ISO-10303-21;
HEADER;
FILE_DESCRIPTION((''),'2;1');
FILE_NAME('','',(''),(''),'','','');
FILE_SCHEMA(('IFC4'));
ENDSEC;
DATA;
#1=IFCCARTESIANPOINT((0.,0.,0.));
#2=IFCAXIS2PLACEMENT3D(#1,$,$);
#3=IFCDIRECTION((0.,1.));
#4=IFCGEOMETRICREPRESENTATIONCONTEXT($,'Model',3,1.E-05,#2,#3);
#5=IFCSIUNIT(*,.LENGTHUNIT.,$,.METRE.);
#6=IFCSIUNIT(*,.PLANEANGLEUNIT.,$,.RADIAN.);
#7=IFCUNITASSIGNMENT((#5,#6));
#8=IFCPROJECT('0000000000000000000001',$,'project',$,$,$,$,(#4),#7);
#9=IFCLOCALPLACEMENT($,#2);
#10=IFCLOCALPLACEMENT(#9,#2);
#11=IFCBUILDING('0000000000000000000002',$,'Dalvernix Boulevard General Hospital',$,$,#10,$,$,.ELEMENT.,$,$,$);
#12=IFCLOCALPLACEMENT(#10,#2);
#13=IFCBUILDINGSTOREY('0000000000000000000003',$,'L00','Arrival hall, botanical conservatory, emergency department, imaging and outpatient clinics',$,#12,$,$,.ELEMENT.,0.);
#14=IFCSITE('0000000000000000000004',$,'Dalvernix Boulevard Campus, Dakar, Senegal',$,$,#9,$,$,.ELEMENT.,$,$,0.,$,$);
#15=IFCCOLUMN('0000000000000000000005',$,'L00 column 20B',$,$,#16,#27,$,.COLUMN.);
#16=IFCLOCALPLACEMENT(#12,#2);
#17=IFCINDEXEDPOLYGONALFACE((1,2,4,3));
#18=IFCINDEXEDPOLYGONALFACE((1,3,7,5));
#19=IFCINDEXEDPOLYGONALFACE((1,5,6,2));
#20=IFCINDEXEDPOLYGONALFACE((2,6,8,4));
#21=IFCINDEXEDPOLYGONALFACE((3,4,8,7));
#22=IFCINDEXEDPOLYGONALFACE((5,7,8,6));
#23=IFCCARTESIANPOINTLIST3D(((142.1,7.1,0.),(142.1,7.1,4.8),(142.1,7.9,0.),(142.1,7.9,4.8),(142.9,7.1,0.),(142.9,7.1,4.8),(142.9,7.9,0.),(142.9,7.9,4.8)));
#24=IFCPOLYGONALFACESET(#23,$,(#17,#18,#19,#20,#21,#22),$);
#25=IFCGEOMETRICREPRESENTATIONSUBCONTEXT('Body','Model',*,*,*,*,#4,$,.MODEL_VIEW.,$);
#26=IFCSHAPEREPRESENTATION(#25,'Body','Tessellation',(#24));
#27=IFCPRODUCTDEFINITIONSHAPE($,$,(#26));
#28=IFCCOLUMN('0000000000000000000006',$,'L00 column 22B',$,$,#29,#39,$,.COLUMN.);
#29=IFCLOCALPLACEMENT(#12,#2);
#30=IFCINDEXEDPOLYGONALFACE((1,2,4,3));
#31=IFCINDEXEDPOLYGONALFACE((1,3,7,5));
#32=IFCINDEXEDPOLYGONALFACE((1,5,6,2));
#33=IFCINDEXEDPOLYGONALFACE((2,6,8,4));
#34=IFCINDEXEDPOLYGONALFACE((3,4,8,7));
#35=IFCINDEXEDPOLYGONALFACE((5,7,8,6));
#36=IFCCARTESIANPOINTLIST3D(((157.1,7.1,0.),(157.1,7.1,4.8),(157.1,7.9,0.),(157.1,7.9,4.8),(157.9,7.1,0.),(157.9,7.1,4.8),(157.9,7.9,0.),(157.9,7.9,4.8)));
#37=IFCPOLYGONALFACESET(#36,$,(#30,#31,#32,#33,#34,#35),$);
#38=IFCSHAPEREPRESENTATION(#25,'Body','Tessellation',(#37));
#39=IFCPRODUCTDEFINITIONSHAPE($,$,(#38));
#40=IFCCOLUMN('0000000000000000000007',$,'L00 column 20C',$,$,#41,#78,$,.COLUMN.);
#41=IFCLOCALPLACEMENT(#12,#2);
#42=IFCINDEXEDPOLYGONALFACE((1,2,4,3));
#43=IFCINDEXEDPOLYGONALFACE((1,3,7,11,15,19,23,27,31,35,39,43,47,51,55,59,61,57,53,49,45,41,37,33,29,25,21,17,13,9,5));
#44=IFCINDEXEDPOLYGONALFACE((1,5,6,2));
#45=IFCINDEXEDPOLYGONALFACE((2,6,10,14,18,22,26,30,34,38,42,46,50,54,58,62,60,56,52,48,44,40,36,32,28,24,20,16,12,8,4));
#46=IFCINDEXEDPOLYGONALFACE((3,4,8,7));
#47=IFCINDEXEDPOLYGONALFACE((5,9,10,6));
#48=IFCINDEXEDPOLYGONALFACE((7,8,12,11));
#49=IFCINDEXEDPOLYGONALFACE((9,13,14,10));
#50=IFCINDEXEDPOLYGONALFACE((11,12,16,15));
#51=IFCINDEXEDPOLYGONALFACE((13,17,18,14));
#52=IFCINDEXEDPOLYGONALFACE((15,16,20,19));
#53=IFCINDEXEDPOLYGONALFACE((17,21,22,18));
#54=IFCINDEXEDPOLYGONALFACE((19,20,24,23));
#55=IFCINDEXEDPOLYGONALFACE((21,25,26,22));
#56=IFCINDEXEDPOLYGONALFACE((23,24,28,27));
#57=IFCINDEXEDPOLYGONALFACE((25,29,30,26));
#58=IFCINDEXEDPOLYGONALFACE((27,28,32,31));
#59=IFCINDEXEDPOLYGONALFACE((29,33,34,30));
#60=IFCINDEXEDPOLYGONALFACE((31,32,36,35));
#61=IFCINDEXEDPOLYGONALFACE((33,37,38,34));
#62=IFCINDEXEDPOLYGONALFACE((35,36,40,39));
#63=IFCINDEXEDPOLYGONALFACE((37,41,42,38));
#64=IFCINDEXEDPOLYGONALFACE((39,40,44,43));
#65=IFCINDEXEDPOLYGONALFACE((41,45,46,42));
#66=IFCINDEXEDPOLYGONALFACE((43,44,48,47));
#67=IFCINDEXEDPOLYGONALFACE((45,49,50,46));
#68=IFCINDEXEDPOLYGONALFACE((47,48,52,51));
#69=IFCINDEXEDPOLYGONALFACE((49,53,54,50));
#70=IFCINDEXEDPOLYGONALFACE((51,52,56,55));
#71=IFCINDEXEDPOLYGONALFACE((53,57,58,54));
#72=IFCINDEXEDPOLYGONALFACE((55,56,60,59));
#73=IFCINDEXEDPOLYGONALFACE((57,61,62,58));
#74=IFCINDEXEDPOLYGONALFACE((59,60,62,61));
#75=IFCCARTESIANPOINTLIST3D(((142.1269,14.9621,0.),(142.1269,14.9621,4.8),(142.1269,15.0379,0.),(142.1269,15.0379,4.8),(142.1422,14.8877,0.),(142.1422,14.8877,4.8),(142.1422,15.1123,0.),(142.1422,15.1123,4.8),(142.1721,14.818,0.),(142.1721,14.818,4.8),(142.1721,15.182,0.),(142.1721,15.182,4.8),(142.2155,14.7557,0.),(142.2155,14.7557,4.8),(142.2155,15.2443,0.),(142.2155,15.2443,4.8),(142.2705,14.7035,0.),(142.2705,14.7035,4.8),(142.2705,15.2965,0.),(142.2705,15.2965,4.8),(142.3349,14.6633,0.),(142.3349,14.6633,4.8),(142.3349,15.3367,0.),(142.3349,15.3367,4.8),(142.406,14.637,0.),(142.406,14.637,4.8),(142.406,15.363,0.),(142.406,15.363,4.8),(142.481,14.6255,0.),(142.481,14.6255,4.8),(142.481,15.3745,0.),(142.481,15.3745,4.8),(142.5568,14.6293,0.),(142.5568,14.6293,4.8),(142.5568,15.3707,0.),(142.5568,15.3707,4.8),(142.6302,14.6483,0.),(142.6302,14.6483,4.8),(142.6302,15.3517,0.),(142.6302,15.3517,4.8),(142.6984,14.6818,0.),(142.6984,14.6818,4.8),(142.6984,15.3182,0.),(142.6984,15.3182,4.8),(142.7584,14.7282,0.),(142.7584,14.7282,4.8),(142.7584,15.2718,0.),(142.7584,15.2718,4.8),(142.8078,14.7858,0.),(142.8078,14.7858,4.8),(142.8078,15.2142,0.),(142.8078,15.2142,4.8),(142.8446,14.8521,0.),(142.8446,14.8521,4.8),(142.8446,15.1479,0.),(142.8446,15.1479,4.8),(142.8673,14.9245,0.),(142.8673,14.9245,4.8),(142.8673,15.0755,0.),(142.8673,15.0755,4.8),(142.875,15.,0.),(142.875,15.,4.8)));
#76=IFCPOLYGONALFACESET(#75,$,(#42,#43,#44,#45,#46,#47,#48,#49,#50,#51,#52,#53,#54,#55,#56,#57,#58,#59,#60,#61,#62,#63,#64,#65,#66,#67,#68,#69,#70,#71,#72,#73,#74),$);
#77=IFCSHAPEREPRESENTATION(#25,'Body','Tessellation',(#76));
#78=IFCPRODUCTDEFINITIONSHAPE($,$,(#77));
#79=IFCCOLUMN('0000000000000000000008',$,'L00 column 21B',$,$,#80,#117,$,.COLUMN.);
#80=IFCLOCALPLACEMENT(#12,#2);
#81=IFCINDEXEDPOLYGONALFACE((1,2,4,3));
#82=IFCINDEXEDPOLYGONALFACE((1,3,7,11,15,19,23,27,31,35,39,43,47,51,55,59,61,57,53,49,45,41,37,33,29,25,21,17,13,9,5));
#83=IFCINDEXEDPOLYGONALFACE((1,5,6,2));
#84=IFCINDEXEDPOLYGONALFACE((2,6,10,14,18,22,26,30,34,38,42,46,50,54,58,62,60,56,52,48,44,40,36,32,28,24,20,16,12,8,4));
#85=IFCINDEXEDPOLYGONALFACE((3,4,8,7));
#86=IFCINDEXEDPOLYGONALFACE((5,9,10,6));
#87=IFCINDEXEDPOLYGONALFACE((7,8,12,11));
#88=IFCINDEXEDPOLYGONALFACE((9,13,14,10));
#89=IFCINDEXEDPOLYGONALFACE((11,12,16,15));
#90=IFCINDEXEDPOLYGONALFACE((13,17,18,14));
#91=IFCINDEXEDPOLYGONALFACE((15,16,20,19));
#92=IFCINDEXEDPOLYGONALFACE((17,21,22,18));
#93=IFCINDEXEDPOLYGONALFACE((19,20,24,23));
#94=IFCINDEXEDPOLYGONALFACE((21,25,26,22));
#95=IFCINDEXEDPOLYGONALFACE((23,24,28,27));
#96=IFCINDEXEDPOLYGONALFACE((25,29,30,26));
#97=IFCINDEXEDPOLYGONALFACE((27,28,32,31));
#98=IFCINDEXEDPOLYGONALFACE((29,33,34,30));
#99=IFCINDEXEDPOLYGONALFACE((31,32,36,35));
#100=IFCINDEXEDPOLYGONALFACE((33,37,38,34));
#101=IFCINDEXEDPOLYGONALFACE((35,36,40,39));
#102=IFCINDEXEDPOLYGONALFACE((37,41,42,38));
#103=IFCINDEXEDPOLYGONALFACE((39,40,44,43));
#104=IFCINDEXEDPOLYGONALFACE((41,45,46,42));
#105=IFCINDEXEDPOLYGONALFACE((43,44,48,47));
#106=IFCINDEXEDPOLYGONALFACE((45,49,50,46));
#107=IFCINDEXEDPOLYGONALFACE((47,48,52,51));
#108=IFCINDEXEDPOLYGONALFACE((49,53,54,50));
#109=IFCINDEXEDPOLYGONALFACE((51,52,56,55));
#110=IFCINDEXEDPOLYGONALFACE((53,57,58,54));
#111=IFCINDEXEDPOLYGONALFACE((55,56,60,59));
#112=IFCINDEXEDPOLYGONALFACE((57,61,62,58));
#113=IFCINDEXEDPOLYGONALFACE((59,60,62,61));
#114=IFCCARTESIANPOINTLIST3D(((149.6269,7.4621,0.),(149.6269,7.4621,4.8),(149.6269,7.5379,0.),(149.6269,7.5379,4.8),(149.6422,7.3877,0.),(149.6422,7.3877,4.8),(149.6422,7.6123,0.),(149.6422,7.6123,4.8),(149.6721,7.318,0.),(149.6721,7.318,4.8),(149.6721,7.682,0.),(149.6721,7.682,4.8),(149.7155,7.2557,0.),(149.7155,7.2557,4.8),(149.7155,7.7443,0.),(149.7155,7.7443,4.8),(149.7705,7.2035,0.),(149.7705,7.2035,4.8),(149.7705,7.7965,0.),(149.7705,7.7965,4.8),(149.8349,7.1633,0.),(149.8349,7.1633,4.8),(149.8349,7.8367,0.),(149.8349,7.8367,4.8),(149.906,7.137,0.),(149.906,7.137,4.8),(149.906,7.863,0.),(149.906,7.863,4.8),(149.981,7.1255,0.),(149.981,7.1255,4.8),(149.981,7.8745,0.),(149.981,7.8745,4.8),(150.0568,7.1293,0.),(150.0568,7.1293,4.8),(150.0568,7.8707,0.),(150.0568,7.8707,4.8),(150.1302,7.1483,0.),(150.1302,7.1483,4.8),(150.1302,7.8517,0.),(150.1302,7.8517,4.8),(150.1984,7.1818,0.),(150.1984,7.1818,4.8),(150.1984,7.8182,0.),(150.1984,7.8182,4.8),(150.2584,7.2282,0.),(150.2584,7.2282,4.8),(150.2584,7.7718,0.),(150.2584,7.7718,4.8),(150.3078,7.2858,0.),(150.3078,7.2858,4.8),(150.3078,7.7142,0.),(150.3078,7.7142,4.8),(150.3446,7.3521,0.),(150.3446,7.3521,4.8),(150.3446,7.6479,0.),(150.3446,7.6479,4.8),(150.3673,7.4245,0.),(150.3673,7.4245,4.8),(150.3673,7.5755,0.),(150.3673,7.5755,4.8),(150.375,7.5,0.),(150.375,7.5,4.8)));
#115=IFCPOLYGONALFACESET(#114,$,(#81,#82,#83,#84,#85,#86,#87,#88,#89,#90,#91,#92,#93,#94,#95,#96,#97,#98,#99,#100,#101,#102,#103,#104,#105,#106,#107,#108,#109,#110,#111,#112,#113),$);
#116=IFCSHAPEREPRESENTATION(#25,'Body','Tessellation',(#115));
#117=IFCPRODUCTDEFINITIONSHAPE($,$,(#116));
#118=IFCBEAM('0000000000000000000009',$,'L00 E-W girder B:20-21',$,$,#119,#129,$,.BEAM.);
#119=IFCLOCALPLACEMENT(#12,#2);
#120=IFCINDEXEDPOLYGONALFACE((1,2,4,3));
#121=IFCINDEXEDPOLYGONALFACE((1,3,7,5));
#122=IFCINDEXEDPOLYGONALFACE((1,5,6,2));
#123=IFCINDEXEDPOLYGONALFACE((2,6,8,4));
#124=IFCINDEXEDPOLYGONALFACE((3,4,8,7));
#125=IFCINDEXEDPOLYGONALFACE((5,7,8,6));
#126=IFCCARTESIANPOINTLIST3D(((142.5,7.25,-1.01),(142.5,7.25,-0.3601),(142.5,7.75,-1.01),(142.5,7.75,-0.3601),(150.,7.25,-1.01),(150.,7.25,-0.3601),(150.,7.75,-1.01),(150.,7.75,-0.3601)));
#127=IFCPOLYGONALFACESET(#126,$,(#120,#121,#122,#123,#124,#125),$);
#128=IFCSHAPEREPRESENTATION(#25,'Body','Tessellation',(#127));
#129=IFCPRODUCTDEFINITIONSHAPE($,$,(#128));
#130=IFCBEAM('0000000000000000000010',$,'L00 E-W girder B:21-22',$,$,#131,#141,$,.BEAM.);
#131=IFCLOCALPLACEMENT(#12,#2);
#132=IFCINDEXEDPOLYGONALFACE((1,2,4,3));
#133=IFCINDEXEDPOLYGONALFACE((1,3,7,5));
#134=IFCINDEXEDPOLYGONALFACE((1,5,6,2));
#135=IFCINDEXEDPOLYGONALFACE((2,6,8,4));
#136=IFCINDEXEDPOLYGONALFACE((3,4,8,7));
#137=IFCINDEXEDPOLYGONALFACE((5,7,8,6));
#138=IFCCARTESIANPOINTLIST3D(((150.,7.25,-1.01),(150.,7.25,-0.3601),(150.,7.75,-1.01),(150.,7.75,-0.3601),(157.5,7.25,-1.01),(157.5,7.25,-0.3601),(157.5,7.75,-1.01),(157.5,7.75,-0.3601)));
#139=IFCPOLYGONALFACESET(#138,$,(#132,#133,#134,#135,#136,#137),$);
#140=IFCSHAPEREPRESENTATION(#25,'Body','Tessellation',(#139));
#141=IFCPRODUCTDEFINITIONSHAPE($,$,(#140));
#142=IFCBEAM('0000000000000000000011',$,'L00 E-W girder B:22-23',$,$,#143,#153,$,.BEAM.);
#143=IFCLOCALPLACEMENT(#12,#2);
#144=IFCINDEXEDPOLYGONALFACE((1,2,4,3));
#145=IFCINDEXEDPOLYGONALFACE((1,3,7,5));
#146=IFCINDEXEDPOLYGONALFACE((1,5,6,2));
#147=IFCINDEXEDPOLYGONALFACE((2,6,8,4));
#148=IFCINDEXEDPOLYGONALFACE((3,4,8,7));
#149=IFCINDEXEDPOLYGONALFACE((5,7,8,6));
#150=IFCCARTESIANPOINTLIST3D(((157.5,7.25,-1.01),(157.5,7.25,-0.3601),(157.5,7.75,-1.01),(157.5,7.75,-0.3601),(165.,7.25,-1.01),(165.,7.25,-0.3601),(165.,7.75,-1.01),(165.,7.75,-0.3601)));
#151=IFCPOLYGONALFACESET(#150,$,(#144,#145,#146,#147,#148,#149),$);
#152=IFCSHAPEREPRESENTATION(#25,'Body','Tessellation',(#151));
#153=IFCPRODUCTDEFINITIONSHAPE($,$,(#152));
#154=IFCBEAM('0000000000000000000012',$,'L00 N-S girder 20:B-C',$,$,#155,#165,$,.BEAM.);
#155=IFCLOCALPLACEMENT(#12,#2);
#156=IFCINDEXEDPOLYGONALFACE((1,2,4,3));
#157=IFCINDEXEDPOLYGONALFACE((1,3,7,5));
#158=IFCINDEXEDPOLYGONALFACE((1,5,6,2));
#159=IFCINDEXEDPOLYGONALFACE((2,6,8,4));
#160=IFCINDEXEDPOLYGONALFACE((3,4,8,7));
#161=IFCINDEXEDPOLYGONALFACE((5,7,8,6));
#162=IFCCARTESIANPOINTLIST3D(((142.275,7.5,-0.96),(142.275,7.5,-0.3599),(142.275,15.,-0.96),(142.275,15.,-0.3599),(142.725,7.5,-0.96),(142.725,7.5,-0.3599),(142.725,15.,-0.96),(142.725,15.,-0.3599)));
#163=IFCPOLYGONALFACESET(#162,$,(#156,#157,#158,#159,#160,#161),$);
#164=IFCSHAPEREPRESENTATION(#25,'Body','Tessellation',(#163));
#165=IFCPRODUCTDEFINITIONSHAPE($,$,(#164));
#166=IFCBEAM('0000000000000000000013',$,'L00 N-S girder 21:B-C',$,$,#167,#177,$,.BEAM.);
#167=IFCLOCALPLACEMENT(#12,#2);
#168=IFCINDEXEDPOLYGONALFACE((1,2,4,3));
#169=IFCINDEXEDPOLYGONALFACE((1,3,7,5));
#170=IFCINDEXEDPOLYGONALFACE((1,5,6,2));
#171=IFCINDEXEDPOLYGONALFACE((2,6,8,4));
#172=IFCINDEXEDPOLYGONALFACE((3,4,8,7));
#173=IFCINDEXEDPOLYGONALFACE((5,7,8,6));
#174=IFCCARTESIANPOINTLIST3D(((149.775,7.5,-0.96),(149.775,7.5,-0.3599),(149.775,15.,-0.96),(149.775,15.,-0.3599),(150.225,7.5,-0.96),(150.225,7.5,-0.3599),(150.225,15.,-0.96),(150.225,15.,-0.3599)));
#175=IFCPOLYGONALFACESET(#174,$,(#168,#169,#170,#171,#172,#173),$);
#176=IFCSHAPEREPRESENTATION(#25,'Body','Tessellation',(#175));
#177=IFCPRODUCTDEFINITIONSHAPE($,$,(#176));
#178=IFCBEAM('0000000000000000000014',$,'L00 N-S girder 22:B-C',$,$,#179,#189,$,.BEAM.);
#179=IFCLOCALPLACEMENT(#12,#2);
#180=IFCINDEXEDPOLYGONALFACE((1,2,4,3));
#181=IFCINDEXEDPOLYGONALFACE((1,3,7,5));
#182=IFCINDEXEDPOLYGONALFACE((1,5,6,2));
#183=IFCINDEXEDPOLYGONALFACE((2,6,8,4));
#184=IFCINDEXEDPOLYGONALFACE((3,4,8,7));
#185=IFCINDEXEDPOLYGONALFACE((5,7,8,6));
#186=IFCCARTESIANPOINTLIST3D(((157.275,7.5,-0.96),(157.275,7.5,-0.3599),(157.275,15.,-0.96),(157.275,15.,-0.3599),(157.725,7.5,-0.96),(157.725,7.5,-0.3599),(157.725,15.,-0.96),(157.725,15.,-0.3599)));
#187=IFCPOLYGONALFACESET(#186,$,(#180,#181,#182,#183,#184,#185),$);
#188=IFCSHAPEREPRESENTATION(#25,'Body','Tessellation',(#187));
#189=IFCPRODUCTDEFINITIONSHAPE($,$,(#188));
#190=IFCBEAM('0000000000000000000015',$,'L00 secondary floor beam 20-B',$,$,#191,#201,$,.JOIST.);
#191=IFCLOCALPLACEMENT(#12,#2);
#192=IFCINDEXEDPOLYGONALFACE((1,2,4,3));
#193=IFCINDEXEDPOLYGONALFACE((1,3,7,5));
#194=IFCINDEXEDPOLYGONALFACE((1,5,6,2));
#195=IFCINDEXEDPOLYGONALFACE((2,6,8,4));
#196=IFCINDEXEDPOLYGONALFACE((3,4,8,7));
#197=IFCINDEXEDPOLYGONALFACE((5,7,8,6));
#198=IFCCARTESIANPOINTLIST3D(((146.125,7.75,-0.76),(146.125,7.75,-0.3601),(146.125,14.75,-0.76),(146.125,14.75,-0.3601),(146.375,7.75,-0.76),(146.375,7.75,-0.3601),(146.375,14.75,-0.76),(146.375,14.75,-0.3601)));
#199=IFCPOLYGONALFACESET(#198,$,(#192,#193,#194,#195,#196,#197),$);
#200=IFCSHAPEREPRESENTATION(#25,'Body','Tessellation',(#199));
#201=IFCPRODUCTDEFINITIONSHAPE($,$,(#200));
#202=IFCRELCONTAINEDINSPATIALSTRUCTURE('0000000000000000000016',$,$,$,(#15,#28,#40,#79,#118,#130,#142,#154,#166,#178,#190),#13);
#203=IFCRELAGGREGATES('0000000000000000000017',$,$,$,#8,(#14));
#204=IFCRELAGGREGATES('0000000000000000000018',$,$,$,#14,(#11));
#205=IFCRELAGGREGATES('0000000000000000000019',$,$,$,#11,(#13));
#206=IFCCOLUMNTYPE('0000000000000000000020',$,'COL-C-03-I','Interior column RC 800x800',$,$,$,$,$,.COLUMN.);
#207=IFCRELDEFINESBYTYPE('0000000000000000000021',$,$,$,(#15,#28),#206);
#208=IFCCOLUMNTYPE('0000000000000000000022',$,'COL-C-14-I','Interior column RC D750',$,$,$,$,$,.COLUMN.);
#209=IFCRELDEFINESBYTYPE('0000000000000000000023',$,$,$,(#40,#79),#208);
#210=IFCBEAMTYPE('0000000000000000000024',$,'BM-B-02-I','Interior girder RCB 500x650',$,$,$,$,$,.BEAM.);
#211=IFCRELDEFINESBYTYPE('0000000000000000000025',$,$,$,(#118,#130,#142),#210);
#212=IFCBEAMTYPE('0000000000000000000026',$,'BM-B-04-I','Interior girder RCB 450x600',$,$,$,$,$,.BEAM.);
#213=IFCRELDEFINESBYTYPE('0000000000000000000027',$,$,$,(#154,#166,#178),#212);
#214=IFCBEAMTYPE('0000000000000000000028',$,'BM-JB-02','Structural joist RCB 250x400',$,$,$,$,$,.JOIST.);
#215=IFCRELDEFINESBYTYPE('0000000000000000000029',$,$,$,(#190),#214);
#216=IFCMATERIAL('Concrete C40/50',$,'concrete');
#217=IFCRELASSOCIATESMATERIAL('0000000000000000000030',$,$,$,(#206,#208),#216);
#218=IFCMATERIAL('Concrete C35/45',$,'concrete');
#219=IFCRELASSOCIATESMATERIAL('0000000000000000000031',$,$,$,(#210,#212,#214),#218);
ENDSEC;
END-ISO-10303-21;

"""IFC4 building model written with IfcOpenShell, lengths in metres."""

from ifc_helpers import new_model, si_unit, direction, frame, origin, origin_2d, place, context, subcontext, project, spatial, rectangle, circle, extrude, material, material_profile, profile_set, type_object, element, save


model = new_model("IFC4")

# Units and contexts
model_context = context("Model", 3, precision=1e-05, world=origin(), true_north=direction((0.0, 1.0)))
body_context = subcontext(model_context, "Body", "Model", "MODEL_VIEW")
ifc_project = project(units=[si_unit("LENGTHUNIT", "METRE"), si_unit("PLANEANGLEUNIT", "RADIAN")], contexts=[model_context])

# Site, building, storey
site_placement = place(None, origin())
site = spatial("IfcSite", under=ifc_project, at=site_placement, Name="Dalvernix Boulevard Campus, Dakar, Senegal", CompositionType="ELEMENT", RefElevation=0.0)
building_placement = place(site_placement, origin())
building = spatial("IfcBuilding", under=site, at=building_placement, Name="Dalvernix Boulevard General Hospital", CompositionType="ELEMENT")
storey_placement = place(building_placement, origin())
storey = spatial("IfcBuildingStorey", under=building, at=storey_placement, Name="L00", Description="Arrival hall, botanical conservatory, emergency department, imaging and outpatient clinics", CompositionType="ELEMENT", Elevation=0.0)

# Columns
ifc_material_1 = material(Name="Concrete C40/50", Category="concrete")
ifc_material_profile_1 = material_profile(ifc_material_1, rectangle(XDim=0.8, YDim=0.8, at=origin_2d()), Name="RC 800x800")
ifc_profile_set_1 = profile_set([ifc_material_profile_1], Name="Concrete C40/50")
column_type_1 = type_object("IfcColumnType", Name="COL-C-03-I", Description="Interior column RC 800x800", PredefinedType="COLUMN", material=ifc_profile_set_1)
for number, where, z_axis, x_axis, name in (
    (1, (142.5, 7.5, 0.0), (0.0, 0.0, 1.0), (1.0, 0.0, 0.0), "L00 column 20B"),
    (2, (157.5, 7.5, 0.0), (0.0, 0.0, 1.0), (1.0, 0.0, 0.0), "L00 column 22B"),
):
    element("IfcColumn", number, at=place(storey_placement, frame(where, z_axis=z_axis, x_axis=x_axis)), inside=storey, type_object=column_type_1, Name=name, PredefinedType="COLUMN", context=body_context, shape_type="SweptSolid", body=[
        extrude(rectangle(XDim=0.8, YDim=0.8, at=origin_2d()), origin(), (0.0, 0.0, 1.0), 4.8),
    ])
ifc_material_profile_2 = material_profile(ifc_material_1, circle(Radius=0.375, at=origin_2d()), Name="RC D750")
ifc_profile_set_2 = profile_set([ifc_material_profile_2], Name="Concrete C40/50")
column_type_2 = type_object("IfcColumnType", Name="COL-C-14-I", Description="Interior column RC D750", PredefinedType="COLUMN", material=ifc_profile_set_2)
for number, where, z_axis, x_axis, name in (
    (3, (142.5, 15.0, 0.0), (0.0, 0.0, 1.0), (1.0, 0.0, 0.0), "L00 column 20C"),
    (4, (150.0, 7.5, 0.0), (0.0, 0.0, 1.0), (1.0, 0.0, 0.0), "L00 column 21B"),
):
    element("IfcColumn", number, at=place(storey_placement, frame(where, z_axis=z_axis, x_axis=x_axis)), inside=storey, type_object=column_type_2, Name=name, PredefinedType="COLUMN", context=body_context, shape_type="SweptSolid", body=[
        extrude(circle(Radius=0.375, at=origin_2d()), origin(), (0.0, 0.0, 1.0), 4.8),
    ])

# Beams
ifc_material_2 = material(Name="Concrete C35/45", Category="concrete")
ifc_material_profile_3 = material_profile(ifc_material_2, rectangle(XDim=0.5, YDim=0.6499, at=origin_2d()), Name="RCB 500x650")
ifc_profile_set_3 = profile_set([ifc_material_profile_3], Name="Concrete C35/45")
beam_type_1 = type_object("IfcBeamType", Name="BM-B-02-I", Description="Interior girder RCB 500x650", PredefinedType="BEAM", material=ifc_profile_set_3)
for number, where, z_axis, x_axis, name in (
    (5, (142.5, 7.5, -0.6851), (1.0, 0.0, 0.0), (0.0, 1.0, 0.0), "L00 E-W girder B:20-21"),
    (6, (150.0, 7.5, -0.6851), (1.0, 0.0, 0.0), (0.0, 1.0, 0.0), "L00 E-W girder B:21-22"),
    (7, (157.5, 7.5, -0.6851), (1.0, 0.0, 0.0), (0.0, 1.0, 0.0), "L00 E-W girder B:22-23"),
):
    element("IfcBeam", number, at=place(storey_placement, frame(where, z_axis=z_axis, x_axis=x_axis)), inside=storey, type_object=beam_type_1, Name=name, PredefinedType="BEAM", context=body_context, shape_type="SweptSolid", body=[
        extrude(rectangle(XDim=0.5, YDim=0.6499, at=origin_2d()), origin(), (0.0, 0.0, 1.0), 7.5),
    ])
ifc_material_profile_4 = material_profile(ifc_material_2, rectangle(XDim=0.45, YDim=0.6001, at=origin_2d()), Name="RCB 450x600")
ifc_profile_set_4 = profile_set([ifc_material_profile_4], Name="Concrete C35/45")
beam_type_2 = type_object("IfcBeamType", Name="BM-B-04-I", Description="Interior girder RCB 450x600", PredefinedType="BEAM", material=ifc_profile_set_4)
for number, where, z_axis, x_axis, name in (
    (8, (142.5, 7.5, -0.6599), (0.0, 1.0, 0.0), (-1.0, 0.0, 0.0), "L00 N-S girder 20:B-C"),
    (9, (150.0, 7.5, -0.6599), (0.0, 1.0, 0.0), (-1.0, 0.0, 0.0), "L00 N-S girder 21:B-C"),
    (10, (157.5, 7.5, -0.6599), (0.0, 1.0, 0.0), (-1.0, 0.0, 0.0), "L00 N-S girder 22:B-C"),
):
    element("IfcBeam", number, at=place(storey_placement, frame(where, z_axis=z_axis, x_axis=x_axis)), inside=storey, type_object=beam_type_2, Name=name, PredefinedType="BEAM", context=body_context, shape_type="SweptSolid", body=[
        extrude(rectangle(XDim=0.45, YDim=0.6001, at=origin_2d()), origin(), (0.0, 0.0, 1.0), 7.5),
    ])
ifc_material_profile_5 = material_profile(ifc_material_2, rectangle(XDim=0.25, YDim=0.3999, at=origin_2d()), Name="RCB 250x400")
ifc_profile_set_5 = profile_set([ifc_material_profile_5], Name="Concrete C35/45")
beam_type_3 = type_object("IfcBeamType", Name="BM-JB-02", Description="Structural joist RCB 250x400", PredefinedType="JOIST", material=ifc_profile_set_5)
beam_1_placement = place(storey_placement, frame((146.25, 7.75, -0.5601), z_axis=(0.0, 1.0, 0.0), x_axis=(-1.0, 0.0, 0.0)))
element("IfcBeam", 11, at=beam_1_placement, inside=storey, type_object=beam_type_3, Name="L00 secondary floor beam 20-B", PredefinedType="JOIST", context=body_context, shape_type="SweptSolid", body=[
    extrude(rectangle(XDim=0.25, YDim=0.3999, at=origin_2d()), origin(), (0.0, 0.0, 1.0), 7.0),
])

save(model, "model.ifc")
